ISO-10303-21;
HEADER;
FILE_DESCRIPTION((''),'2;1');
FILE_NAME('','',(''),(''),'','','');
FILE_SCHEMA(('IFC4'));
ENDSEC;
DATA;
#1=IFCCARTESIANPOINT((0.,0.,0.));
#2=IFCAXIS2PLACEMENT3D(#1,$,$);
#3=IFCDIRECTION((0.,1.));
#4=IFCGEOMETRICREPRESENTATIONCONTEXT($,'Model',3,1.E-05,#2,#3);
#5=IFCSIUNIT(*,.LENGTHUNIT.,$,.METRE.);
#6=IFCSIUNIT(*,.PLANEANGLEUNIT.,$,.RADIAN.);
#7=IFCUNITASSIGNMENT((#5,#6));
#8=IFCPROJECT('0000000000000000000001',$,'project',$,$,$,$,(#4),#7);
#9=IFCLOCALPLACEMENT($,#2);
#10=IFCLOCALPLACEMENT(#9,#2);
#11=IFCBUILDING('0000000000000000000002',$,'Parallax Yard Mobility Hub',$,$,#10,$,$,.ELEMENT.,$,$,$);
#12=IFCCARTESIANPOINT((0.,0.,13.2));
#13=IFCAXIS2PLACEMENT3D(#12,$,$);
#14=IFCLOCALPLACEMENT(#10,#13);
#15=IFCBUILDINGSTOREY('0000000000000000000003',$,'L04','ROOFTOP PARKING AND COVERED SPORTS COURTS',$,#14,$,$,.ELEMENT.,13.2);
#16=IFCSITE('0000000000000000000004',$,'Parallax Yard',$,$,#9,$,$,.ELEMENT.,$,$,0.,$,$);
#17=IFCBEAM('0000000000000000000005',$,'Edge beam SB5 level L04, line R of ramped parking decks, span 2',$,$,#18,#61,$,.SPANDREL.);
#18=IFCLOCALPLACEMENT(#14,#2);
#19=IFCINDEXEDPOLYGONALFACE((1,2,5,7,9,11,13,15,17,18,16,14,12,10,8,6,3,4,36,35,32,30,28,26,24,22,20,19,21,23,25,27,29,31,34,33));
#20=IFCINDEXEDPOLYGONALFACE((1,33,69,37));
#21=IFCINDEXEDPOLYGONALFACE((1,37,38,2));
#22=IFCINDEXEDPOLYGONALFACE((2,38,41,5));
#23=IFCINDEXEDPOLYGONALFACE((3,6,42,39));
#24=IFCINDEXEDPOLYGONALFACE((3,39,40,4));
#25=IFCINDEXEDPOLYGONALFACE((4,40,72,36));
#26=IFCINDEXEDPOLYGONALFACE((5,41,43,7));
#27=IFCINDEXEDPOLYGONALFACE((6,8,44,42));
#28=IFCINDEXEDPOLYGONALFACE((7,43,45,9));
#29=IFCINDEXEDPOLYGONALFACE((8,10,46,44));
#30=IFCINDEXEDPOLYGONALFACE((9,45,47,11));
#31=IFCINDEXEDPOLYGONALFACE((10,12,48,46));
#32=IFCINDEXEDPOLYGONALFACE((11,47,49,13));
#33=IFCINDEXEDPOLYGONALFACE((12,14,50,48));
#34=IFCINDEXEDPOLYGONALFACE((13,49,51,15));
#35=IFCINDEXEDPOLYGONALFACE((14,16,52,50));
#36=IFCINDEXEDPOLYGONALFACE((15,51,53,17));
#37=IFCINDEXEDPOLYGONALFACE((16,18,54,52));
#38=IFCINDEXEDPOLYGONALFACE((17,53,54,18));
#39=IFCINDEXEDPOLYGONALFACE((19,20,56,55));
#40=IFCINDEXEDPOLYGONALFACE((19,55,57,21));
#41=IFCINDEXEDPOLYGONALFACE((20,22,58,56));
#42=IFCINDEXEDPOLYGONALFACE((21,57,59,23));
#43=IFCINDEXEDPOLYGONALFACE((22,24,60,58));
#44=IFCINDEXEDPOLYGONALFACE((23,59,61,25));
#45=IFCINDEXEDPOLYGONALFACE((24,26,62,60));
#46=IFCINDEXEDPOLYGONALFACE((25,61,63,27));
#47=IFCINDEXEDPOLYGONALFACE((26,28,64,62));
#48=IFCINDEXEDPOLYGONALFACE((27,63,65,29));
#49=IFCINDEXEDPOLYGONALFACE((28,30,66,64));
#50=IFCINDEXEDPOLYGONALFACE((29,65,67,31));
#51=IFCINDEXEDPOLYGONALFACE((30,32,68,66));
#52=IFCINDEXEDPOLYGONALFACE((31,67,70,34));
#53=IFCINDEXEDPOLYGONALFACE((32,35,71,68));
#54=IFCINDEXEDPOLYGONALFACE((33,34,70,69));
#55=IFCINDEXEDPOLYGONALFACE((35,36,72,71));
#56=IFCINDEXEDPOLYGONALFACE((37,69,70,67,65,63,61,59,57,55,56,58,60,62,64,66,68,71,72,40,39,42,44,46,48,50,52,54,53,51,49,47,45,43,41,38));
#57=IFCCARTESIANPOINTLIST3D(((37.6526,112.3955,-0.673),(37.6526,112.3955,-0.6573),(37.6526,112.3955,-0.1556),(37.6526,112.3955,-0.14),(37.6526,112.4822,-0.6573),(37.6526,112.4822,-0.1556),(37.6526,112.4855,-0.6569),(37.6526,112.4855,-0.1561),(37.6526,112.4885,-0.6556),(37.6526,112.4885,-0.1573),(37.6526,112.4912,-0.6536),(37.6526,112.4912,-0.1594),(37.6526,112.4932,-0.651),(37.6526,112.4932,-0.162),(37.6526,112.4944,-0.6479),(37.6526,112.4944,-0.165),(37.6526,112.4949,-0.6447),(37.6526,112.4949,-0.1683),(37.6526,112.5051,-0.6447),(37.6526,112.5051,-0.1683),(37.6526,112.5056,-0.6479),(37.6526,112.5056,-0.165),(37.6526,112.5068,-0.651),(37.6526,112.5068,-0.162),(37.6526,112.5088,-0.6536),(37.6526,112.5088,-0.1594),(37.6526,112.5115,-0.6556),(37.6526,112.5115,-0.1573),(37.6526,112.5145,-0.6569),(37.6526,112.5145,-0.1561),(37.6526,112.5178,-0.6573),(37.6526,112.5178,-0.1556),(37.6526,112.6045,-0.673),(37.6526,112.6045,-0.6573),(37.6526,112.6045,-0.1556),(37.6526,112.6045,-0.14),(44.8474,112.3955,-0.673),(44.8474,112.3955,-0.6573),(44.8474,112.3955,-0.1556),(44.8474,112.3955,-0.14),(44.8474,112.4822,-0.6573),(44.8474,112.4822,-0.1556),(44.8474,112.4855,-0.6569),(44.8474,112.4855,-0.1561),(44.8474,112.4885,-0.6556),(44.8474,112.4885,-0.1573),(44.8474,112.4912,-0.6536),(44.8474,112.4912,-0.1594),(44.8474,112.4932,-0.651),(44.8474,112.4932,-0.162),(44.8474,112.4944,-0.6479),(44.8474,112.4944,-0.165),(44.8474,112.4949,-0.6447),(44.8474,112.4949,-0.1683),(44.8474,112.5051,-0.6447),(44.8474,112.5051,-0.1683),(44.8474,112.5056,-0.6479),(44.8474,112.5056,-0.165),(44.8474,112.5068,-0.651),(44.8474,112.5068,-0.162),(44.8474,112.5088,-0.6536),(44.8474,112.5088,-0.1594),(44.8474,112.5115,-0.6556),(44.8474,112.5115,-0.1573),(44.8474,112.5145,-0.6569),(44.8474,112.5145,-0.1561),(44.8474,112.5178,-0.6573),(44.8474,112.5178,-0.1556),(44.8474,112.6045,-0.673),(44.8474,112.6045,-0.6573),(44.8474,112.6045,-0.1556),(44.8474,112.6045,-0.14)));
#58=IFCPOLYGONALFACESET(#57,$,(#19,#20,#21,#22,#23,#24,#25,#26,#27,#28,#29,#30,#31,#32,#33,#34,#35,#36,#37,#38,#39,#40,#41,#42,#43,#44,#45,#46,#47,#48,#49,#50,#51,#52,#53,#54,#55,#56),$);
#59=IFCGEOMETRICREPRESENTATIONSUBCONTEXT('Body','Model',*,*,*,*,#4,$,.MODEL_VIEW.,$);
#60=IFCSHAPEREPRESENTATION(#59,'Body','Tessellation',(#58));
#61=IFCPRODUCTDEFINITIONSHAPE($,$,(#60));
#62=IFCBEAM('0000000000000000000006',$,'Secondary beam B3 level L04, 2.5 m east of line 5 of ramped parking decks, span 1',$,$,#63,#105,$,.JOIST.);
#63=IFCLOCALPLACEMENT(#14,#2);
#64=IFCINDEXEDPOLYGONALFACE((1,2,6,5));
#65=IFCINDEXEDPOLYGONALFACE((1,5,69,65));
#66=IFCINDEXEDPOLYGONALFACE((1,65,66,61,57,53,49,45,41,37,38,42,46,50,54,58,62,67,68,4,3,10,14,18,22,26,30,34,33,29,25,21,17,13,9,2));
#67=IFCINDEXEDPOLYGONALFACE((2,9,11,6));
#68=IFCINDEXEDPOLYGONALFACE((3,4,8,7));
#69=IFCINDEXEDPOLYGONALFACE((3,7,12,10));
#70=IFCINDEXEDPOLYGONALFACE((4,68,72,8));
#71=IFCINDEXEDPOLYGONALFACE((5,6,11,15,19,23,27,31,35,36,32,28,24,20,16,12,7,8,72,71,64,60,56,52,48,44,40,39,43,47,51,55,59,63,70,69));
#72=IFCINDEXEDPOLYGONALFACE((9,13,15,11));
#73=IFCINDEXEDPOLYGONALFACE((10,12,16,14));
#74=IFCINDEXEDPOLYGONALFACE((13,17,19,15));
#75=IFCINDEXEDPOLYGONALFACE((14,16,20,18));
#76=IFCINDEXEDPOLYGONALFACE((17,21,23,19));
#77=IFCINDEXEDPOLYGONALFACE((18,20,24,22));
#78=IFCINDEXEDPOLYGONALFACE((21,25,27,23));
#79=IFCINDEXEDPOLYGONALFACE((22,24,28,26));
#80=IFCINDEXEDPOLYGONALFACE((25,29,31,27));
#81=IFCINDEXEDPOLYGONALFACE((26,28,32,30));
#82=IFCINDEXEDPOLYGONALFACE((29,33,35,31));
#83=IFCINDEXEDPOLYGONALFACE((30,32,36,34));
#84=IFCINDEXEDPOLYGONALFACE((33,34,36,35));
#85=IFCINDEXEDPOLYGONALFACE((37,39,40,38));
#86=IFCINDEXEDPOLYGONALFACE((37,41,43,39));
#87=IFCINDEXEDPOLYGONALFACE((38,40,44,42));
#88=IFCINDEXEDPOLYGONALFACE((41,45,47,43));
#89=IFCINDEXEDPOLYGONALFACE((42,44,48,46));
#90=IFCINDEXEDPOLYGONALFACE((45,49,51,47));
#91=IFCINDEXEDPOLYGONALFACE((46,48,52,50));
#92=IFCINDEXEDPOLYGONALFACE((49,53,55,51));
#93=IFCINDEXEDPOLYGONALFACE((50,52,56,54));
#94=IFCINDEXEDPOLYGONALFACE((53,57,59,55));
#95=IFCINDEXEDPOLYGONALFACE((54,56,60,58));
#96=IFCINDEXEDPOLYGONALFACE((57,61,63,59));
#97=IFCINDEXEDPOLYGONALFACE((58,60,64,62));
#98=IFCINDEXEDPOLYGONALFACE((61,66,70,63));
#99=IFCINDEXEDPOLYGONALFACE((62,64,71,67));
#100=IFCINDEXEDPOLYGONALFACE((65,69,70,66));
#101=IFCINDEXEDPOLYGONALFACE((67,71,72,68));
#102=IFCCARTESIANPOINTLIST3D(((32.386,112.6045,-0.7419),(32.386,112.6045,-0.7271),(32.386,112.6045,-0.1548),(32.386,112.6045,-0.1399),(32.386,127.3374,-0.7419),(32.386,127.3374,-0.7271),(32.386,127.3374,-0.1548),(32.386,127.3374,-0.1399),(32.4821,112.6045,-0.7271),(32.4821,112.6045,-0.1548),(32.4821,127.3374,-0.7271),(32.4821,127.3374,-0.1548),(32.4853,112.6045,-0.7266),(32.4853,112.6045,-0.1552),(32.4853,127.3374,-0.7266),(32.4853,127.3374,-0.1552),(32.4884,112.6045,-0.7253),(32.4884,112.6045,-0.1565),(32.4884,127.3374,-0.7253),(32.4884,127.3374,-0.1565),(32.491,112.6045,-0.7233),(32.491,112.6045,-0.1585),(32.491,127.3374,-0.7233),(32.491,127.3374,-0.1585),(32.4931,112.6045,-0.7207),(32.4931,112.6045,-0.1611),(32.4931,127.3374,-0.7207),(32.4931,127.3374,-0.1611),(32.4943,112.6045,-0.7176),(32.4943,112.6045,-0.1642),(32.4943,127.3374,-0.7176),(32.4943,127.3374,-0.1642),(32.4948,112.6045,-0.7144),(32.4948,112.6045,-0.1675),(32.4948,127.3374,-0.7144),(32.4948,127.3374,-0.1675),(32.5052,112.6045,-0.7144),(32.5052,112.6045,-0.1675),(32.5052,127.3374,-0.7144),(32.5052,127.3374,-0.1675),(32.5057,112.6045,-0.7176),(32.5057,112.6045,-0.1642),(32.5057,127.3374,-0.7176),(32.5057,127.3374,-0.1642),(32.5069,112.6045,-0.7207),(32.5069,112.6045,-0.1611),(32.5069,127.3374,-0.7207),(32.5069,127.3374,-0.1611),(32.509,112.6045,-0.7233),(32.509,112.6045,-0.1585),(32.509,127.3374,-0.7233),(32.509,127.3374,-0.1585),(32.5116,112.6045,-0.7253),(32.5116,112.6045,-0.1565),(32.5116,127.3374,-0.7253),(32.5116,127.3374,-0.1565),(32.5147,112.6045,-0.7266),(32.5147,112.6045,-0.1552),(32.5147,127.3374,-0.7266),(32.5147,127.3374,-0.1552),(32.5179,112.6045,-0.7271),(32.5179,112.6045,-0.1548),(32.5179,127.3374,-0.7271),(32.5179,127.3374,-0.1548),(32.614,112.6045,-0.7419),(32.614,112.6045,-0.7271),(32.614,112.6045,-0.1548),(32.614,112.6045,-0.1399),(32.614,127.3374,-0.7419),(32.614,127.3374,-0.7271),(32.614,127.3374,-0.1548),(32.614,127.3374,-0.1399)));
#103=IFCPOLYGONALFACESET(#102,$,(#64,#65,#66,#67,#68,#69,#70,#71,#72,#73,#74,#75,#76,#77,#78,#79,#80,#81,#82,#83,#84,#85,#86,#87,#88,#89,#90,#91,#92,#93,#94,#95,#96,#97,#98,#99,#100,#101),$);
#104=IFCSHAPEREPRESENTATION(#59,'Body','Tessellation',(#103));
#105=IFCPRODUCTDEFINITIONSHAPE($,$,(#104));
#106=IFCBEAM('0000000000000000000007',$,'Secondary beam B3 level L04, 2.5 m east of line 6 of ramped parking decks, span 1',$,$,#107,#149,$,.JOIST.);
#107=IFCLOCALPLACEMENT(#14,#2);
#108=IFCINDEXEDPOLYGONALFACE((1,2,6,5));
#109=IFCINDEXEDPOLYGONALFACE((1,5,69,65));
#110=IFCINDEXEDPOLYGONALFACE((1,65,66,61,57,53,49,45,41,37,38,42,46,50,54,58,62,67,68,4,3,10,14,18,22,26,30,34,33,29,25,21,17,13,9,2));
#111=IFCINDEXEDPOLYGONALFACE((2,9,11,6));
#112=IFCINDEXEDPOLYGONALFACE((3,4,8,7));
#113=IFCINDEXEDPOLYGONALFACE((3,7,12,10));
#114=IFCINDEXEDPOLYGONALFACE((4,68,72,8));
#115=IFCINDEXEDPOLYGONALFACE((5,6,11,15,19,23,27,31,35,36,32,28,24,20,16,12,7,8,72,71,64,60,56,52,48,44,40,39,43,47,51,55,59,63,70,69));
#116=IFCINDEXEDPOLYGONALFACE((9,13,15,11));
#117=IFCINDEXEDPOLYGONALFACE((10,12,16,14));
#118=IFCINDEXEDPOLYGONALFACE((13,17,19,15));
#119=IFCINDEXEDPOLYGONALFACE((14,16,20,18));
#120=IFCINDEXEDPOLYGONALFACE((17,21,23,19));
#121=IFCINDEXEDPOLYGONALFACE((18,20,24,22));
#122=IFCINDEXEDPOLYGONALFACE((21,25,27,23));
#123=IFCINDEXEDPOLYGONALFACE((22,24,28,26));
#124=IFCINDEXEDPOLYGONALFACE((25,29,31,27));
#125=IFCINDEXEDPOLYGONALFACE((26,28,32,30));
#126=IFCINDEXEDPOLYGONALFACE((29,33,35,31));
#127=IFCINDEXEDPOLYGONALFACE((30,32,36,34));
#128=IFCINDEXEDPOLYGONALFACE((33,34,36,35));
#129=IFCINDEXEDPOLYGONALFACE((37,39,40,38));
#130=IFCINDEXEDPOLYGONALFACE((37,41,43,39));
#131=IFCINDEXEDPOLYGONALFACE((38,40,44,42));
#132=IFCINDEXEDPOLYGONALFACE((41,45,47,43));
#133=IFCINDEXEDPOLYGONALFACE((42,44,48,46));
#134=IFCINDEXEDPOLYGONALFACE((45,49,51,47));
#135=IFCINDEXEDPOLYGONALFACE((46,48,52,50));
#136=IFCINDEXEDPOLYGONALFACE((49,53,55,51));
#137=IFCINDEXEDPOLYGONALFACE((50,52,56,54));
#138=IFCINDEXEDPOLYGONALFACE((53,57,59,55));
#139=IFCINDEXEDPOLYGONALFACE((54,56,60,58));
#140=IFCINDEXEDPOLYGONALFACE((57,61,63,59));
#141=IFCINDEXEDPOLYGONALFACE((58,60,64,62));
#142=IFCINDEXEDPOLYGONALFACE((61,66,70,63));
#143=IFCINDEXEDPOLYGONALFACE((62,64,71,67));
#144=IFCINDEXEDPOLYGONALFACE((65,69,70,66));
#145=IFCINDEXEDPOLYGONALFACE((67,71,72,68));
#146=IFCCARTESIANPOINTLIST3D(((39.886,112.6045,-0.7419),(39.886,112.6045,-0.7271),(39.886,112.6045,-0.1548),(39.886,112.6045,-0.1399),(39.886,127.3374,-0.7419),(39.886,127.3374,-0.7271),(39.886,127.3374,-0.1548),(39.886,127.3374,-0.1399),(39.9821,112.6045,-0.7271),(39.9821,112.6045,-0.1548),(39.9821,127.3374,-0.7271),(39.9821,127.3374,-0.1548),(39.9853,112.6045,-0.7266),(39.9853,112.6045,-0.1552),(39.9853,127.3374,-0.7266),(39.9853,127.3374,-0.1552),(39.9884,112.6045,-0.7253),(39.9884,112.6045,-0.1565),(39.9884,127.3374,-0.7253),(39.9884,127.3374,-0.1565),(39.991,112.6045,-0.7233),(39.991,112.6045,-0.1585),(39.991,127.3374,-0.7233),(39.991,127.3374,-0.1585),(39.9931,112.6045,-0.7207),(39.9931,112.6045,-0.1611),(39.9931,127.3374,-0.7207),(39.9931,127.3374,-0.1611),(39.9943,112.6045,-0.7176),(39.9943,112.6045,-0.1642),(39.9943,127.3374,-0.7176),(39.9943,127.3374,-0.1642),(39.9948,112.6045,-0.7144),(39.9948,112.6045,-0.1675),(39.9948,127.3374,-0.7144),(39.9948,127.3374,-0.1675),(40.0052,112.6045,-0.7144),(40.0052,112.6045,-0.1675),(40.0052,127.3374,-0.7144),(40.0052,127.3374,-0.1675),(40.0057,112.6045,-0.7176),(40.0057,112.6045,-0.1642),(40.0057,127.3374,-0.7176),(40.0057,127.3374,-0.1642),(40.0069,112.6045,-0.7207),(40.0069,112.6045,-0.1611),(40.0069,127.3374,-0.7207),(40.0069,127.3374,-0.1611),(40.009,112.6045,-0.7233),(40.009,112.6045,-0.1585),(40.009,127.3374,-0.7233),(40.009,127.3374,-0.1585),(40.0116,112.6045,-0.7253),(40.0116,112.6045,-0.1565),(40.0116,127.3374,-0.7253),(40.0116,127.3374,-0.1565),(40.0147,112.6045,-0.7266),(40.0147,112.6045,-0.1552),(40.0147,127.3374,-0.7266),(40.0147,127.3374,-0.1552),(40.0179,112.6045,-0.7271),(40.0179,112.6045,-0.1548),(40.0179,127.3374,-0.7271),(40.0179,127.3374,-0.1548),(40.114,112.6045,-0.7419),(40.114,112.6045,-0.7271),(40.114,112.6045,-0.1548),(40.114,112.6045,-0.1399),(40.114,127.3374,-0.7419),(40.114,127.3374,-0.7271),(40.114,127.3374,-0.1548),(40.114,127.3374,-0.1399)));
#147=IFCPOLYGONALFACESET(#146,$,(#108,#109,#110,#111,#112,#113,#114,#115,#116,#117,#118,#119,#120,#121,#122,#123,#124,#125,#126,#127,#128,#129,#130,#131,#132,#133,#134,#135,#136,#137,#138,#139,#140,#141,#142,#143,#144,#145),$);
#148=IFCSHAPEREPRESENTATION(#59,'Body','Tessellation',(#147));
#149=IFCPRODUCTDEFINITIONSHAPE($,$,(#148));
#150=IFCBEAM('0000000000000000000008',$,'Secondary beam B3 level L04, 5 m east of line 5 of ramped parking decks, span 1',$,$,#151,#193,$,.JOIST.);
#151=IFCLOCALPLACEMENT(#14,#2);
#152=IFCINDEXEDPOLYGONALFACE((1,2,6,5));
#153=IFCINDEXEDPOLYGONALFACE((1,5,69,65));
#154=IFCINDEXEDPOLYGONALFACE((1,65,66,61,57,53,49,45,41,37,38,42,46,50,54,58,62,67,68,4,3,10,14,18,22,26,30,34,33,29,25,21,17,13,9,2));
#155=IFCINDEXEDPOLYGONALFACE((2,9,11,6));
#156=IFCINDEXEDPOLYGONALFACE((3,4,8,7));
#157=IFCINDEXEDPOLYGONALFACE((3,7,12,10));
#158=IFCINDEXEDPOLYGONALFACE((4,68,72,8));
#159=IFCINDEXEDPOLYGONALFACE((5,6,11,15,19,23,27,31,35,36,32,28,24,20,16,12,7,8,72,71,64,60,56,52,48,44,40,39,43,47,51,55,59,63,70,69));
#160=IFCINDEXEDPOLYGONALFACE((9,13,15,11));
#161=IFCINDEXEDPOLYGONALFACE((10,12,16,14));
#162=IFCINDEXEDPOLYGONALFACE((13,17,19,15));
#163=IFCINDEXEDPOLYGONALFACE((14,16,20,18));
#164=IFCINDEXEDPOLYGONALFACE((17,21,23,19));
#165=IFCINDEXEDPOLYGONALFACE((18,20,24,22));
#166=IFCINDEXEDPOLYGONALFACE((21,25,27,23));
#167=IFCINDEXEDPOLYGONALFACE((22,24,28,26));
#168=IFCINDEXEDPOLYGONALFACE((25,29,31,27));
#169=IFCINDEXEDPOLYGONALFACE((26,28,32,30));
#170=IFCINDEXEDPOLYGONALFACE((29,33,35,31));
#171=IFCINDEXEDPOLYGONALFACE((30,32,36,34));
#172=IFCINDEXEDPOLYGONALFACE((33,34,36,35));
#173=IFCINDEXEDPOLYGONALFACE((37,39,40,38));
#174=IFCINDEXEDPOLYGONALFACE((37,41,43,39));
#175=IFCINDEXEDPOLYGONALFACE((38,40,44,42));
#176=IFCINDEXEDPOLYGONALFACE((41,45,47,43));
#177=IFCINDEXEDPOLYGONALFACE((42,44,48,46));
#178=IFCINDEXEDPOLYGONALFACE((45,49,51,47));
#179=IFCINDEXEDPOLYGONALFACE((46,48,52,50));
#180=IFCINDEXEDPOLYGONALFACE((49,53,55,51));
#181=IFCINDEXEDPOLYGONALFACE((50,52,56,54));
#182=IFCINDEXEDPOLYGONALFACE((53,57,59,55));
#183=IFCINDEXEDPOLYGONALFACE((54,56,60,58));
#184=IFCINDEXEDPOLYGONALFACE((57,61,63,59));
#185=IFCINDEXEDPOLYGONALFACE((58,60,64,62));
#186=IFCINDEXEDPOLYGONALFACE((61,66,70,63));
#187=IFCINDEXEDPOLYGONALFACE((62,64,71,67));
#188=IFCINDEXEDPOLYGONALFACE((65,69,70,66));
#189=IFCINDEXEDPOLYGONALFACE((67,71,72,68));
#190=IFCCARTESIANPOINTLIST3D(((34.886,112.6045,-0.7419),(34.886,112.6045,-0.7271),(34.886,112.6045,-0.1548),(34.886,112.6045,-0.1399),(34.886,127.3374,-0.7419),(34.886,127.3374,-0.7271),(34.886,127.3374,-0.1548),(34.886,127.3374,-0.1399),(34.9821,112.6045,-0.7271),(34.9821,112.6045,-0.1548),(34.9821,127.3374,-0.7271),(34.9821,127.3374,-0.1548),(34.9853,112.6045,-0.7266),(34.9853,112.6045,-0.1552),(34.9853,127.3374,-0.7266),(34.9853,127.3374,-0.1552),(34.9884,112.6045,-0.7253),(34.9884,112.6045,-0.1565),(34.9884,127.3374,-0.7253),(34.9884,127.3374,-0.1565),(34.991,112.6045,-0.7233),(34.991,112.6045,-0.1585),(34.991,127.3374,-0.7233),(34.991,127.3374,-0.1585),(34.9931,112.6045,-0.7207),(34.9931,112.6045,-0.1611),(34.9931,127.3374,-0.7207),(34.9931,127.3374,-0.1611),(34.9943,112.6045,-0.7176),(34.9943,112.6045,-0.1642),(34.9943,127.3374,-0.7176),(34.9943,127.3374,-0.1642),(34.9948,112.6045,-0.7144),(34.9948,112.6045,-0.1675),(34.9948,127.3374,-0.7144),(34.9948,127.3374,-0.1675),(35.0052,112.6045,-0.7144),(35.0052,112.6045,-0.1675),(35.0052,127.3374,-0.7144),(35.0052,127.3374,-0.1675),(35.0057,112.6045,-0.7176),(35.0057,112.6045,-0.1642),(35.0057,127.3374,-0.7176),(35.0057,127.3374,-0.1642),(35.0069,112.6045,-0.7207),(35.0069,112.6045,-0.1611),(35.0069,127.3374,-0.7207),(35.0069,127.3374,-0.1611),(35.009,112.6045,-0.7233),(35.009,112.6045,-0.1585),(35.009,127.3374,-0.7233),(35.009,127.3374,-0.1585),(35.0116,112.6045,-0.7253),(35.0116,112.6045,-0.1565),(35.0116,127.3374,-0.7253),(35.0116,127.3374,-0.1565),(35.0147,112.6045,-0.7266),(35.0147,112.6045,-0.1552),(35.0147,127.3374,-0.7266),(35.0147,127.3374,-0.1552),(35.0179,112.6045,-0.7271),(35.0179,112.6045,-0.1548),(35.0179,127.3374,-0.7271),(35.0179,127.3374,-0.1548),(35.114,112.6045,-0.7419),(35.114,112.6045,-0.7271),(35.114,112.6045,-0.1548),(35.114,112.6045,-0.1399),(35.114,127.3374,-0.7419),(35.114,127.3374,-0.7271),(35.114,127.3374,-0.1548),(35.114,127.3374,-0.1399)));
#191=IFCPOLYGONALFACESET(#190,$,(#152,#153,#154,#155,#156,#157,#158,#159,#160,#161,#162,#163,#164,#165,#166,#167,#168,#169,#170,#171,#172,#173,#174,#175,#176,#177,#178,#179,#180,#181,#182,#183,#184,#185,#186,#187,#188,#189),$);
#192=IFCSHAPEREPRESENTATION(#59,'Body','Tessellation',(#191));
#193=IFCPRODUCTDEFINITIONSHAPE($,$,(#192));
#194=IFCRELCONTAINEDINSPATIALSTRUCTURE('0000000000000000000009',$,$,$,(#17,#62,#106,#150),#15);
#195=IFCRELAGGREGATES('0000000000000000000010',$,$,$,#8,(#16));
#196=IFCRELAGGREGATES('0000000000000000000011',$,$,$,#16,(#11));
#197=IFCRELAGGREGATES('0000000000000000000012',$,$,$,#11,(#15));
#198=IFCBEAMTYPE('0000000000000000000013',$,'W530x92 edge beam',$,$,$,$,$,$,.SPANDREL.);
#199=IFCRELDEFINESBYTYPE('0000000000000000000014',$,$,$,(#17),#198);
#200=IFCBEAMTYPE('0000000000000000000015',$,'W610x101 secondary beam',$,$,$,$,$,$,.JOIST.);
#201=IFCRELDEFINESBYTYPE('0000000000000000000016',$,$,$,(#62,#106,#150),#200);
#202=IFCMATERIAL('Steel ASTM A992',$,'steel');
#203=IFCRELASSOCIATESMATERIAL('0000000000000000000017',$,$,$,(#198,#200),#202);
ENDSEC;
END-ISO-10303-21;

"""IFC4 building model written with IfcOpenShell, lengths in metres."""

from ifc_helpers import new_model, si_unit, direction, frame, origin, origin_2d, place, context, subcontext, project, spatial, i_section, extrude, material, material_profile, profile_set, type_object, element, save


model = new_model("IFC4")

# Units and contexts
model_context = context("Model", 3, precision=1e-05, world=origin(), true_north=direction((0.0, 1.0)))
body_context = subcontext(model_context, "Body", "Model", "MODEL_VIEW")
ifc_project = project(units=[si_unit("LENGTHUNIT", "METRE"), si_unit("PLANEANGLEUNIT", "RADIAN")], contexts=[model_context])

# Site, building, storey
site_placement = place(None, origin())
site = spatial("IfcSite", under=ifc_project, at=site_placement, Name="Parallax Yard", CompositionType="ELEMENT", RefElevation=0.0)
building_placement = place(site_placement, origin())
building = spatial("IfcBuilding", under=site, at=building_placement, Name="Parallax Yard Mobility Hub", CompositionType="ELEMENT")
storey_placement = place(building_placement, frame((0.0, 0.0, 13.2)))
storey = spatial("IfcBuildingStorey", under=building, at=storey_placement, Name="L04", Description="ROOFTOP PARKING AND COVERED SPORTS COURTS", CompositionType="ELEMENT", Elevation=13.2)

# Shared definitions
ifc_material_1 = material(Name="Steel ASTM A992", Category="steel")

# Beams
ifc_material_profile_1 = material_profile(ifc_material_1, i_section(OverallWidth=0.209, OverallDepth=0.533, WebThickness=0.0103, FlangeThickness=0.0156, FilletRadius=0.0127, at=origin_2d()), Name="W530x92")
ifc_profile_set_1 = profile_set([ifc_material_profile_1], Name="Steel ASTM A992")
beam_type_1 = type_object("IfcBeamType", Name="W530x92 edge beam", PredefinedType="SPANDREL", material=ifc_profile_set_1)
beam_1_placement = place(storey_placement, frame((37.6526, 112.5, -0.4065), z_axis=(1.0, 0.0, 0.0), x_axis=(0.0, 1.0, 0.0)))
element("IfcBeam", 1, at=beam_1_placement, inside=storey, type_object=beam_type_1, Name="Edge beam SB5 level L04, line R of ramped parking decks, span 2", PredefinedType="SPANDREL", context=body_context, shape_type="SweptSolid", body=[
    extrude(i_section(OverallWidth=0.209, OverallDepth=0.533, WebThickness=0.0103, FlangeThickness=0.0156, FilletRadius=0.0127, at=origin_2d()), origin(), (0.0, 0.0, 1.0), 7.1948),
])
ifc_material_profile_2 = material_profile(ifc_material_1, i_section(OverallWidth=0.228, OverallDepth=0.6021, WebThickness=0.0105, FlangeThickness=0.0149, FilletRadius=0.0127, at=origin_2d()), Name="W610x101")
ifc_profile_set_2 = profile_set([ifc_material_profile_2], Name="Steel ASTM A992")
beam_type_2 = type_object("IfcBeamType", Name="W610x101 secondary beam", PredefinedType="JOIST", material=ifc_profile_set_2)
for number, where, z_axis, x_axis, name in (
    (2, (32.5, 112.6045, -0.4409), (0.0, 1.0, 0.0), (-1.0, 0.0, 0.0), "Secondary beam B3 level L04, 2.5 m east of line 5 of ramped parking decks, span 1"),
    (3, (40.0, 112.6045, -0.4409), (0.0, 1.0, 0.0), (-1.0, 0.0, 0.0), "Secondary beam B3 level L04, 2.5 m east of line 6 of ramped parking decks, span 1"),
    (4, (35.0, 112.6045, -0.4409), (0.0, 1.0, 0.0), (-1.0, 0.0, 0.0), "Secondary beam B3 level L04, 5 m east of line 5 of ramped parking decks, span 1"),
):
    element("IfcBeam", number, at=place(storey_placement, frame(where, z_axis=z_axis, x_axis=x_axis)), inside=storey, type_object=beam_type_2, Name=name, PredefinedType="JOIST", context=body_context, shape_type="SweptSolid", body=[
        extrude(i_section(OverallWidth=0.228, OverallDepth=0.6021, WebThickness=0.0105, FlangeThickness=0.0149, FilletRadius=0.0127, at=origin_2d()), origin(), (0.0, 0.0, 1.0), 14.7329),
    ])

save(model, "model.ifc")
